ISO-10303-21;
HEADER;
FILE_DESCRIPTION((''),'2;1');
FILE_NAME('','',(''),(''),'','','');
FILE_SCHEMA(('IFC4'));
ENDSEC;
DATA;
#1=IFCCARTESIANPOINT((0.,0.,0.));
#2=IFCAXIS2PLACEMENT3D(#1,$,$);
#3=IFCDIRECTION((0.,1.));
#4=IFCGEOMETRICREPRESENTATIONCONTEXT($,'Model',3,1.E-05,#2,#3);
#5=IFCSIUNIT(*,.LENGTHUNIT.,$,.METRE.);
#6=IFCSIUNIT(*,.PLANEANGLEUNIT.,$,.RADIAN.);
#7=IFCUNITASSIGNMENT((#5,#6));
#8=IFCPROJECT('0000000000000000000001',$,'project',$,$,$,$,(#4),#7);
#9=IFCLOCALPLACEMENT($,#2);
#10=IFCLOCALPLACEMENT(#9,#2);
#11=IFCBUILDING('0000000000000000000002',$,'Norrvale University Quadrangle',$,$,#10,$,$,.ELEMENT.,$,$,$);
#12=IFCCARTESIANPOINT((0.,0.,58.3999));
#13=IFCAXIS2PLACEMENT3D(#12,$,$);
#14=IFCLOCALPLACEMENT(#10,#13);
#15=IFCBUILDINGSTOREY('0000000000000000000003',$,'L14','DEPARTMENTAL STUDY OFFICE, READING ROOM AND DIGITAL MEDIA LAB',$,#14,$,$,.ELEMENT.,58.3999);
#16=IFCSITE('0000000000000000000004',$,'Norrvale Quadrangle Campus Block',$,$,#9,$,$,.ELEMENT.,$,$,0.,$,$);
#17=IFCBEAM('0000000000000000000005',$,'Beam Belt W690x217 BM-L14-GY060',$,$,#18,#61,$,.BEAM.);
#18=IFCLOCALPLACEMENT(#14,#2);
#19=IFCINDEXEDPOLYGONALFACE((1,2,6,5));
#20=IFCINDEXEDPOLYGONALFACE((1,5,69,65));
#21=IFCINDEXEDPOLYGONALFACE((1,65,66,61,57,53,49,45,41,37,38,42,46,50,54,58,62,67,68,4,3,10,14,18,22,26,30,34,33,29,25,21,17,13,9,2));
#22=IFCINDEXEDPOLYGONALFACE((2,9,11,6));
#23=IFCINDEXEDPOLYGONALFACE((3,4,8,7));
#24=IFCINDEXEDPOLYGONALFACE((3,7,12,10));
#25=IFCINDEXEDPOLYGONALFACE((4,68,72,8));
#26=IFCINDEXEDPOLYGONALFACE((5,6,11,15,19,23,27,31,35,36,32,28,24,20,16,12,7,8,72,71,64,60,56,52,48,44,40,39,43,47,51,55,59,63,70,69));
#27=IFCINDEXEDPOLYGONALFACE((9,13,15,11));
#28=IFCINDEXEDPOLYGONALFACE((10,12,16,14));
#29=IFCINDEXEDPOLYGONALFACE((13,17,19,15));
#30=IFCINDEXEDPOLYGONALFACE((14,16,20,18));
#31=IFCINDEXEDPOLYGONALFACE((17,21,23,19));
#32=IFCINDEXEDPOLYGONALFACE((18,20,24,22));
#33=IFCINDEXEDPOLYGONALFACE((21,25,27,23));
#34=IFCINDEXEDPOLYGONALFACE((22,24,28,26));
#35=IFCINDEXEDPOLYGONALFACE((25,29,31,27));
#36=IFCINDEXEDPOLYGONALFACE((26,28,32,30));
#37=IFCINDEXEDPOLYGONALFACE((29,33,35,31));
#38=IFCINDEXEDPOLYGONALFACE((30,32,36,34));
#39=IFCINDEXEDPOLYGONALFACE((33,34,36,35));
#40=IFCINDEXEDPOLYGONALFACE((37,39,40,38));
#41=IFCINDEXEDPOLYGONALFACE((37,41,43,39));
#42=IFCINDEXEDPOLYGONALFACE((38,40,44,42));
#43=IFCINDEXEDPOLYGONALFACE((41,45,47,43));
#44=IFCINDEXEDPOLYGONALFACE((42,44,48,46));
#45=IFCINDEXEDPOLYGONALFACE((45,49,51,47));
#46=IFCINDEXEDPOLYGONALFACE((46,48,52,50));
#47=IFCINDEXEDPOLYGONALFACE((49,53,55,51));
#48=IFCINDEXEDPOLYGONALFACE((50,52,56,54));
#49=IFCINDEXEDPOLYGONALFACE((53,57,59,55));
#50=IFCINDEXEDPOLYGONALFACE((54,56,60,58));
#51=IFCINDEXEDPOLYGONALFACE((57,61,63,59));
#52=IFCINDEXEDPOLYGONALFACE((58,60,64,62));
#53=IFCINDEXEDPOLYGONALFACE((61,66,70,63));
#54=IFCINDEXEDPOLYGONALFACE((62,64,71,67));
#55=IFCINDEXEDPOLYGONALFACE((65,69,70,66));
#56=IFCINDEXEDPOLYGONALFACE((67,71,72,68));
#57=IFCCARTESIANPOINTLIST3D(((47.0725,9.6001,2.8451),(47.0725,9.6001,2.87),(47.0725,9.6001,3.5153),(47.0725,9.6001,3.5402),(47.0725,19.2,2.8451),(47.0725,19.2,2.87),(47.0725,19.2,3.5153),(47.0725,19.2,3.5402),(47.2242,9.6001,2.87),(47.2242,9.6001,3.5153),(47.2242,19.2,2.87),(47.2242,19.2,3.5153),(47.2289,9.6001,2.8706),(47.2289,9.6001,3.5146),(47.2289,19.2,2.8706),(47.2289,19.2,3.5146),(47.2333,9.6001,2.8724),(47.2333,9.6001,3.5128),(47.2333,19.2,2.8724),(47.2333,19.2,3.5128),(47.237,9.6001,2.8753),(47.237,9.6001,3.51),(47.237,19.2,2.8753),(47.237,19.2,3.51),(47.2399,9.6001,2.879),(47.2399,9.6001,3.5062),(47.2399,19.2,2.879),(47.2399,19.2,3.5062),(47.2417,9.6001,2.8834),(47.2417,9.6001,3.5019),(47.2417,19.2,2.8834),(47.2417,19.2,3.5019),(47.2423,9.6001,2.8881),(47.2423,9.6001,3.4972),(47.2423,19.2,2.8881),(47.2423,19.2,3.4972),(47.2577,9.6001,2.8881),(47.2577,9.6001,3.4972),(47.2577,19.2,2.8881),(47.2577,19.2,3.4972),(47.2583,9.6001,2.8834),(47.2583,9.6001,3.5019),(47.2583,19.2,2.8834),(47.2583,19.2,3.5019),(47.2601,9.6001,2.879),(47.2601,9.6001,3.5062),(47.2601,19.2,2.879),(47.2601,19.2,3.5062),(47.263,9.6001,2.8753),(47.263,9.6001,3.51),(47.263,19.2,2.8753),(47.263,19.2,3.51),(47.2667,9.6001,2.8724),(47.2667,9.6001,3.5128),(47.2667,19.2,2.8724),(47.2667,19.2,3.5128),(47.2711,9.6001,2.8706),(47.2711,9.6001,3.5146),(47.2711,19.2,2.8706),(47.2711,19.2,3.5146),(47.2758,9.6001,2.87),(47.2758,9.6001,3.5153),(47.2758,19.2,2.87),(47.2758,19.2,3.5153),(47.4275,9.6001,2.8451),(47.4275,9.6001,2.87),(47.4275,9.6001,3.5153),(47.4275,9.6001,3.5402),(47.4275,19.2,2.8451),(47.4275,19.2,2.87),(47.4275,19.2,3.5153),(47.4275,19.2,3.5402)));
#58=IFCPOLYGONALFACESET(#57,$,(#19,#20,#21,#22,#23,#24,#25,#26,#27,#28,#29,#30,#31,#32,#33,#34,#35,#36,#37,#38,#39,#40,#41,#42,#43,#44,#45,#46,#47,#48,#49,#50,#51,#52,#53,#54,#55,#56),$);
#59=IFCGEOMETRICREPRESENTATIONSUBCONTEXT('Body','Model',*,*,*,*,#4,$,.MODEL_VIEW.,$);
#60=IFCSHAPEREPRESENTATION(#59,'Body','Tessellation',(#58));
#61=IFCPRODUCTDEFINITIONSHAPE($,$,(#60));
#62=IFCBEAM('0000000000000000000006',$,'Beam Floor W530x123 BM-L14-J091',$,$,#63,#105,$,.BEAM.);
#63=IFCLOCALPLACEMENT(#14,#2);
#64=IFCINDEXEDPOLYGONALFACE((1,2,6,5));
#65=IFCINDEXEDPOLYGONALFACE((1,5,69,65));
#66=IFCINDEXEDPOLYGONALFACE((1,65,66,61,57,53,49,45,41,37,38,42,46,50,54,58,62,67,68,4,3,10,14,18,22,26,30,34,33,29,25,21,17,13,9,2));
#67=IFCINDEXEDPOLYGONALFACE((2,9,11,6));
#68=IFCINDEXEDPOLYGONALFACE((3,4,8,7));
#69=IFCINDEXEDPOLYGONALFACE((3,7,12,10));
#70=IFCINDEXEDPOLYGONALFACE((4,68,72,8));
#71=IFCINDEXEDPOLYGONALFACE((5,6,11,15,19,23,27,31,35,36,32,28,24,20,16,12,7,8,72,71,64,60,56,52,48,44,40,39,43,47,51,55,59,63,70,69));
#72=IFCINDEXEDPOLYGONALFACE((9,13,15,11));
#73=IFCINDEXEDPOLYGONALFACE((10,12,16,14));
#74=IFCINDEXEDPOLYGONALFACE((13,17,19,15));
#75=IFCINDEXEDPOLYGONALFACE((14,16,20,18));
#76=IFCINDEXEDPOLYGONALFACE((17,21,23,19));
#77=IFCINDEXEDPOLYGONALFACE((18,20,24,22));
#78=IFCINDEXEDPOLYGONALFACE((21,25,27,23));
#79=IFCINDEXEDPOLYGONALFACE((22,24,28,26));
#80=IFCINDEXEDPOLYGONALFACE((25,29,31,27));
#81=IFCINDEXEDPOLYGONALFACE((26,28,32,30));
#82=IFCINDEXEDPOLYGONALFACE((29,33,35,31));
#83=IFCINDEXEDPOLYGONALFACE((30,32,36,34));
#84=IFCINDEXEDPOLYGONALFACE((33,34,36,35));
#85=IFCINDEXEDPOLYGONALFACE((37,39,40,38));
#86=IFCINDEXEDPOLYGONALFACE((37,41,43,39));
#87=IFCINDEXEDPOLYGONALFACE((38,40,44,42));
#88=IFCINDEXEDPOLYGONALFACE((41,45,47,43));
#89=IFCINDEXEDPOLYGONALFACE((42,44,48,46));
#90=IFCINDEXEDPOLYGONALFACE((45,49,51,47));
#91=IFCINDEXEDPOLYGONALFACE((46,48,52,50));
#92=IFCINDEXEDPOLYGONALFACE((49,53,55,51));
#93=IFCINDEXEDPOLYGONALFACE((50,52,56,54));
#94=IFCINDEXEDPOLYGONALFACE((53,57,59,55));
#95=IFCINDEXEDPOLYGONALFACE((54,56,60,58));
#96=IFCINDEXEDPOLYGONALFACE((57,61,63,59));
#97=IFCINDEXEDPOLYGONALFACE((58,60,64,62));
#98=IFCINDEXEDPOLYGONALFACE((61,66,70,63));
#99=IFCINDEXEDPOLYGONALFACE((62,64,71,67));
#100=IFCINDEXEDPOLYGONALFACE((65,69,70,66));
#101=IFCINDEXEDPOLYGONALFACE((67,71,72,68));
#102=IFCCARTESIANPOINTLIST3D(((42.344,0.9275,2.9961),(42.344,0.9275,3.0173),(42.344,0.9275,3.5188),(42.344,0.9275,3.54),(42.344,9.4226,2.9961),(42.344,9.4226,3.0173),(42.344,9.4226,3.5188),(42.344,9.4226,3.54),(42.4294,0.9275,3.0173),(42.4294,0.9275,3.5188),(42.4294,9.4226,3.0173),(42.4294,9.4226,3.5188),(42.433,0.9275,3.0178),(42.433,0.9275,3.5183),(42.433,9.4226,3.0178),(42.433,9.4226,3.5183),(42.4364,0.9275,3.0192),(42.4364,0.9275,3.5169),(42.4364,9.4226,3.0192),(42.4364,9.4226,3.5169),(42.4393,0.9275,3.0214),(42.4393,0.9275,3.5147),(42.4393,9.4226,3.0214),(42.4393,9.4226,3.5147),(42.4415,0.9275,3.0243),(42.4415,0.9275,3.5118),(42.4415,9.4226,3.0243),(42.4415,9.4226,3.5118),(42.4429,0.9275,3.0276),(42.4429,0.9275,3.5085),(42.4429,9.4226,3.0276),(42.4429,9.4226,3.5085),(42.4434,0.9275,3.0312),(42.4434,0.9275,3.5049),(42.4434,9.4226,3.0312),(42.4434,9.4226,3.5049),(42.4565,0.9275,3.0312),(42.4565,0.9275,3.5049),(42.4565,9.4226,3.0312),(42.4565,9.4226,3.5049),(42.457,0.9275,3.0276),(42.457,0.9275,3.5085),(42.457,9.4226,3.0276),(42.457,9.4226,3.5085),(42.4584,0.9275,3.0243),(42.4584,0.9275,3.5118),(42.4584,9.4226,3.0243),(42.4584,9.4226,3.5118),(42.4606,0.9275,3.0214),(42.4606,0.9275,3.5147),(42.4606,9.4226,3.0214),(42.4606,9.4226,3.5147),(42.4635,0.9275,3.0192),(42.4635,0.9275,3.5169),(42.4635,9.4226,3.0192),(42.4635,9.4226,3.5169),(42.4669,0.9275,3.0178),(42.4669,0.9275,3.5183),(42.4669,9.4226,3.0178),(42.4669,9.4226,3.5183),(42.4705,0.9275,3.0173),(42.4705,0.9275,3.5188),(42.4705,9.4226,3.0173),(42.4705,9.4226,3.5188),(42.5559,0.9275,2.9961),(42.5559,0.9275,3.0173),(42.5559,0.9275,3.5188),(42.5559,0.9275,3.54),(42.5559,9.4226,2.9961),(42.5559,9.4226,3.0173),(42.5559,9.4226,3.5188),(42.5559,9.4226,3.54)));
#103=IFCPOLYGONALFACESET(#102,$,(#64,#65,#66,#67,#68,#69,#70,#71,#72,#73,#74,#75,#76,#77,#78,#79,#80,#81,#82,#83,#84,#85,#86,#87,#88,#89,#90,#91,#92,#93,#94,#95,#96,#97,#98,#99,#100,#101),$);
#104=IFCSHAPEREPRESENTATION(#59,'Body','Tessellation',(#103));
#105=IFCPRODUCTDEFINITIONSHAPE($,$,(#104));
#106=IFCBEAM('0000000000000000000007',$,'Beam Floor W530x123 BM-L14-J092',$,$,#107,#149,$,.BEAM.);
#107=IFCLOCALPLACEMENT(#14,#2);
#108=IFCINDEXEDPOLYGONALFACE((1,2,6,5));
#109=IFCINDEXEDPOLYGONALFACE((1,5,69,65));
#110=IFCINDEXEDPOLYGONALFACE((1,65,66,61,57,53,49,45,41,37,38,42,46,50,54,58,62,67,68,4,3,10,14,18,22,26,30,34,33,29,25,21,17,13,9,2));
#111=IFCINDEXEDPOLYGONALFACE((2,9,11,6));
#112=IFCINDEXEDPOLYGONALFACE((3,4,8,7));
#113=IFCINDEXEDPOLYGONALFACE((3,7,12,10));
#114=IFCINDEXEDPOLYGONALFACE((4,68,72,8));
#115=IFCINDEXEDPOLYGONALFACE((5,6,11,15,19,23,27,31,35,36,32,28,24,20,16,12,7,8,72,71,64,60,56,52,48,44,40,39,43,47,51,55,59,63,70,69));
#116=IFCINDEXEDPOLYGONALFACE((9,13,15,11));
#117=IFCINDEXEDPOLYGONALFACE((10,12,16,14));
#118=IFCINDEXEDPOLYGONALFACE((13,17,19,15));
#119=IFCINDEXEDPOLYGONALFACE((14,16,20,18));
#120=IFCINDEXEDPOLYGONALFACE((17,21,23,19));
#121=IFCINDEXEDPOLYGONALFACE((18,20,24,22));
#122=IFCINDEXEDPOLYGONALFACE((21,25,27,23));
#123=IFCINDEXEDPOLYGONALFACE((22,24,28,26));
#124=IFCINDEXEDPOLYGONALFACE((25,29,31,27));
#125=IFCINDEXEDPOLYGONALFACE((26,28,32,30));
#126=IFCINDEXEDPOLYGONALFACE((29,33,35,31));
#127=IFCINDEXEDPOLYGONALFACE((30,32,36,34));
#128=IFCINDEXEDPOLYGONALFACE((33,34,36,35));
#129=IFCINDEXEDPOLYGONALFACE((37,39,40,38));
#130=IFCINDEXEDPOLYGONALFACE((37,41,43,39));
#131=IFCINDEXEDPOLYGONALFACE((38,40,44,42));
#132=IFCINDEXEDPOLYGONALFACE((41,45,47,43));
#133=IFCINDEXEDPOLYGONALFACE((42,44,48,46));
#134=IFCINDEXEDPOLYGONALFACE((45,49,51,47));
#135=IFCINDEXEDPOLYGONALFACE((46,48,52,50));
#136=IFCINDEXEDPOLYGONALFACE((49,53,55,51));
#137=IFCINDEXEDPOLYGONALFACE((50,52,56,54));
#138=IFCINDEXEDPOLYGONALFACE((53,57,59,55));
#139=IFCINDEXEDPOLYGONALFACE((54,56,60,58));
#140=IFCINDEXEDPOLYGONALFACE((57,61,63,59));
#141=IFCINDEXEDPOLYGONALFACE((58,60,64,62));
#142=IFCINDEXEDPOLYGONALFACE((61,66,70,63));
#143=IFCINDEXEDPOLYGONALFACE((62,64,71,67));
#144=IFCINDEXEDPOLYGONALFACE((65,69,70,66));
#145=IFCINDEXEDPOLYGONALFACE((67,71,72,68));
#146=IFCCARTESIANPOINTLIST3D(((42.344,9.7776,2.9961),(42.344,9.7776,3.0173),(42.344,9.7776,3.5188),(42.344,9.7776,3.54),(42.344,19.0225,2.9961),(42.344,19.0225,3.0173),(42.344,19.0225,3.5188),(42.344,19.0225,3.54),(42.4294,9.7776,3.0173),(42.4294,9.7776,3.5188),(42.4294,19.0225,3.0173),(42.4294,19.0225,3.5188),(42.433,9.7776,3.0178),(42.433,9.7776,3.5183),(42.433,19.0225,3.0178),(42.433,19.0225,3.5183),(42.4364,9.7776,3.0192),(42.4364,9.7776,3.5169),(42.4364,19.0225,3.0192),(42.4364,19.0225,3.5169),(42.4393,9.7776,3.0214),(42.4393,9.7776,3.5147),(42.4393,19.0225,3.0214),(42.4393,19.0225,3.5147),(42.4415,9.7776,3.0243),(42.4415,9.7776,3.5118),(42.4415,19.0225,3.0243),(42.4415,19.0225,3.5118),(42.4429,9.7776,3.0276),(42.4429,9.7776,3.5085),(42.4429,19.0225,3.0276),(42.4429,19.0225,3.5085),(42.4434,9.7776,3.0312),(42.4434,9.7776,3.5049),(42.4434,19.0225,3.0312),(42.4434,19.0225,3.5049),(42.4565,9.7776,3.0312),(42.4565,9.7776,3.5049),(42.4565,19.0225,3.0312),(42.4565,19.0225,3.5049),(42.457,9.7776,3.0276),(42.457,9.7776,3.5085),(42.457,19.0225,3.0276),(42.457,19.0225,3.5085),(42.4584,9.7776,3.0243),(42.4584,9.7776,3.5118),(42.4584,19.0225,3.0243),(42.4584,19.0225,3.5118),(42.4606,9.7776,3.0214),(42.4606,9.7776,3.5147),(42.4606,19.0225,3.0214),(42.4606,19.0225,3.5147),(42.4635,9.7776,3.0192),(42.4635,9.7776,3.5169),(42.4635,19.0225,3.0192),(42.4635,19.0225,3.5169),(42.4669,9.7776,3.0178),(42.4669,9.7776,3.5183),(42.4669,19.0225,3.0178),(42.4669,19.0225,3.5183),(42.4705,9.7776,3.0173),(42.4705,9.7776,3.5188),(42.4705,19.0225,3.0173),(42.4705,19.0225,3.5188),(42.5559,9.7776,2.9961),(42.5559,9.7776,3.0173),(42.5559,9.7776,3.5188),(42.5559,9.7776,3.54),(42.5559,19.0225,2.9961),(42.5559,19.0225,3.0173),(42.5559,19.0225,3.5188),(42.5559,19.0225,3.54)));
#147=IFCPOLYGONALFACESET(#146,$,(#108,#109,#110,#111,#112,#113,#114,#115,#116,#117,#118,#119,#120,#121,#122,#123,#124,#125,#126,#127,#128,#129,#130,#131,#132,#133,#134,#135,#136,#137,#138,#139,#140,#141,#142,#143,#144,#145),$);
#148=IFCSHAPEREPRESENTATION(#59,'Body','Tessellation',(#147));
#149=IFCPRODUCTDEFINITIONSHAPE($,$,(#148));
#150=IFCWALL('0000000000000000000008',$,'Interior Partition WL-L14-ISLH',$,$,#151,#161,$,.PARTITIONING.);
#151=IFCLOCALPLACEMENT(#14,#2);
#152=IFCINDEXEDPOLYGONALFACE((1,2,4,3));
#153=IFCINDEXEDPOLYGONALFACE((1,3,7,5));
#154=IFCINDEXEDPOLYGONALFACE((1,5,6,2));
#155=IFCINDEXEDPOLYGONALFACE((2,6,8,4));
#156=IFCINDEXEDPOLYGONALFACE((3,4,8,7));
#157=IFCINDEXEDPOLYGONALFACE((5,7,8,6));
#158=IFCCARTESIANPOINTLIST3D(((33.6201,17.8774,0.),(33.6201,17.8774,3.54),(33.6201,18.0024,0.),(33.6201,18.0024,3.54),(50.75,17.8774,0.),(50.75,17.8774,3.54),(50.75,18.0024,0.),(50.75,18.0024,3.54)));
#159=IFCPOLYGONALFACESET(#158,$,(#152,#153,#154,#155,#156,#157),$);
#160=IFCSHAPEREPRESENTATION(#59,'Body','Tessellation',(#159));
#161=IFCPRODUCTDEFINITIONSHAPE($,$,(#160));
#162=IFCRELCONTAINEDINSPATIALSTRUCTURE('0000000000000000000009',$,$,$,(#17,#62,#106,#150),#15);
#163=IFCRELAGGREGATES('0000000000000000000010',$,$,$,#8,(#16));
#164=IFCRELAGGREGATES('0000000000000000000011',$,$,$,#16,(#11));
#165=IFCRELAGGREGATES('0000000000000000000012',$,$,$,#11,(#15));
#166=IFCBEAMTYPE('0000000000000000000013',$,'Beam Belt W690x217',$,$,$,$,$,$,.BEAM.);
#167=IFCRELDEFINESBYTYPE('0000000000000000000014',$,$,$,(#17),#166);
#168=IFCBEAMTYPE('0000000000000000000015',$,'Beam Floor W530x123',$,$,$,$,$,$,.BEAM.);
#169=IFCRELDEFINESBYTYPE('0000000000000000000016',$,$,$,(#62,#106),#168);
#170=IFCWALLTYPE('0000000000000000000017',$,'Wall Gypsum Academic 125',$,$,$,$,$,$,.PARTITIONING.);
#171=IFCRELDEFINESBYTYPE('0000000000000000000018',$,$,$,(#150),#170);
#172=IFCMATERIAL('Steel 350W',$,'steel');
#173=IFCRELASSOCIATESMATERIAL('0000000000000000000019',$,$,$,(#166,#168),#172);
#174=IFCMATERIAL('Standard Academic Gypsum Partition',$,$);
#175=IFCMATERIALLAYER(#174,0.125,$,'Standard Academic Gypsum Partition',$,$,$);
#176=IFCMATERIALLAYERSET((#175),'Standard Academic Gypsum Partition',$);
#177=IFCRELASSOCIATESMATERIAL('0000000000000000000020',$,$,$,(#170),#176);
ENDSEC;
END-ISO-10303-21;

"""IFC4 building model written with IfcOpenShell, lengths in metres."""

from ifc_helpers import new_model, si_unit, direction, frame, frame_2d, origin, origin_2d, place, context, subcontext, project, spatial, rectangle, i_section, extrude, material, layer, layer_set, material_profile, profile_set, type_object, element, save


model = new_model("IFC4")

# Units and contexts
model_context = context("Model", 3, precision=1e-05, world=origin(), true_north=direction((0.0, 1.0)))
body_context = subcontext(model_context, "Body", "Model", "MODEL_VIEW")
ifc_project = project(units=[si_unit("LENGTHUNIT", "METRE"), si_unit("PLANEANGLEUNIT", "RADIAN")], contexts=[model_context])

# Site, building, storey
site_placement = place(None, origin())
site = spatial("IfcSite", under=ifc_project, at=site_placement, Name="Norrvale Quadrangle Campus Block", CompositionType="ELEMENT", RefElevation=0.0)
building_placement = place(site_placement, origin())
building = spatial("IfcBuilding", under=site, at=building_placement, Name="Norrvale University Quadrangle", CompositionType="ELEMENT")
storey_placement = place(building_placement, frame((0.0, 0.0, 58.3999)))
storey = spatial("IfcBuildingStorey", under=building, at=storey_placement, Name="L14", Description="DEPARTMENTAL STUDY OFFICE, READING ROOM AND DIGITAL MEDIA LAB", CompositionType="ELEMENT", Elevation=58.3999)

# Beams
ifc_material_1 = material(Name="Steel 350W", Category="steel")
ifc_material_profile_1 = material_profile(ifc_material_1, i_section(OverallWidth=0.355, OverallDepth=0.6951, WebThickness=0.0154, FlangeThickness=0.0249, FilletRadius=0.0181, at=origin_2d()), Name="Steel 350W")
ifc_profile_set_1 = profile_set([ifc_material_profile_1], Name="Steel 350W")
beam_type_1 = type_object("IfcBeamType", Name="Beam Belt W690x217", PredefinedType="BEAM", material=ifc_profile_set_1)
beam_1_placement = place(storey_placement, frame((47.25, 9.6001, 3.1926), z_axis=(0.0, 1.0, 0.0), x_axis=(-1.0, 0.0, 0.0)))
element("IfcBeam", 1, at=beam_1_placement, inside=storey, type_object=beam_type_1, Name="Beam Belt W690x217 BM-L14-GY060", PredefinedType="BEAM", context=body_context, shape_type="SweptSolid", body=[
    extrude(i_section(OverallWidth=0.355, OverallDepth=0.6951, WebThickness=0.0154, FlangeThickness=0.0249, FilletRadius=0.0181, at=origin_2d()), origin(), (0.0, 0.0, 1.0), 9.5999),
])
ifc_material_profile_2 = material_profile(ifc_material_1, i_section(OverallWidth=0.2119, OverallDepth=0.5439, WebThickness=0.0132, FlangeThickness=0.0212, FilletRadius=0.0139, at=origin_2d()), Name="Steel 350W")
ifc_profile_set_2 = profile_set([ifc_material_profile_2], Name="Steel 350W")
beam_type_2 = type_object("IfcBeamType", Name="Beam Floor W530x123", PredefinedType="BEAM", material=ifc_profile_set_2)
beam_2_placement = place(storey_placement, frame((42.45, 0.9275, 3.2681), z_axis=(0.0, 1.0, 0.0), x_axis=(-1.0, 0.0, 0.0)))
element("IfcBeam", 2, at=beam_2_placement, inside=storey, type_object=beam_type_2, Name="Beam Floor W530x123 BM-L14-J091", PredefinedType="BEAM", context=body_context, shape_type="SweptSolid", body=[
    extrude(i_section(OverallWidth=0.2119, OverallDepth=0.5439, WebThickness=0.0132, FlangeThickness=0.0212, FilletRadius=0.0139, at=origin_2d()), origin(), (0.0, 0.0, 1.0), 8.4951),
])
beam_3_placement = place(storey_placement, frame((42.45, 9.7776, 3.2681), z_axis=(0.0, 1.0, 0.0), x_axis=(-1.0, 0.0, 0.0)))
element("IfcBeam", 3, at=beam_3_placement, inside=storey, type_object=beam_type_2, Name="Beam Floor W530x123 BM-L14-J092", PredefinedType="BEAM", context=body_context, shape_type="SweptSolid", body=[
    extrude(i_section(OverallWidth=0.2119, OverallDepth=0.5439, WebThickness=0.0132, FlangeThickness=0.0212, FilletRadius=0.0139, at=origin_2d()), origin(), (0.0, 0.0, 1.0), 9.2449),
])

# Wall
ifc_material_2 = material(Name="Standard Academic Gypsum Partition")
ifc_layer_1 = layer(ifc_material_2, 0.125, Name="Standard Academic Gypsum Partition")
ifc_layer_set_1 = layer_set([ifc_layer_1], Name="Standard Academic Gypsum Partition")
wall_type_1 = type_object("IfcWallType", Name="Wall Gypsum Academic 125", PredefinedType="PARTITIONING", material=ifc_layer_set_1)
wall_1_placement = place(storey_placement, frame((33.6201, 17.9399, 0.0), z_axis=(0.0, 0.0, 1.0), x_axis=(1.0, 0.0, 0.0)))
element("IfcWall", 4, at=wall_1_placement, inside=storey, type_object=wall_type_1, Name="Interior Partition WL-L14-ISLH", PredefinedType="PARTITIONING", context=body_context, shape_type="SweptSolid", body=[
    extrude(rectangle(XDim=17.1299, YDim=0.125, at=frame_2d((8.5649, 0.0))), origin(), (0.0, 0.0, 1.0), 3.54),
])

save(model, "model.ifc")
